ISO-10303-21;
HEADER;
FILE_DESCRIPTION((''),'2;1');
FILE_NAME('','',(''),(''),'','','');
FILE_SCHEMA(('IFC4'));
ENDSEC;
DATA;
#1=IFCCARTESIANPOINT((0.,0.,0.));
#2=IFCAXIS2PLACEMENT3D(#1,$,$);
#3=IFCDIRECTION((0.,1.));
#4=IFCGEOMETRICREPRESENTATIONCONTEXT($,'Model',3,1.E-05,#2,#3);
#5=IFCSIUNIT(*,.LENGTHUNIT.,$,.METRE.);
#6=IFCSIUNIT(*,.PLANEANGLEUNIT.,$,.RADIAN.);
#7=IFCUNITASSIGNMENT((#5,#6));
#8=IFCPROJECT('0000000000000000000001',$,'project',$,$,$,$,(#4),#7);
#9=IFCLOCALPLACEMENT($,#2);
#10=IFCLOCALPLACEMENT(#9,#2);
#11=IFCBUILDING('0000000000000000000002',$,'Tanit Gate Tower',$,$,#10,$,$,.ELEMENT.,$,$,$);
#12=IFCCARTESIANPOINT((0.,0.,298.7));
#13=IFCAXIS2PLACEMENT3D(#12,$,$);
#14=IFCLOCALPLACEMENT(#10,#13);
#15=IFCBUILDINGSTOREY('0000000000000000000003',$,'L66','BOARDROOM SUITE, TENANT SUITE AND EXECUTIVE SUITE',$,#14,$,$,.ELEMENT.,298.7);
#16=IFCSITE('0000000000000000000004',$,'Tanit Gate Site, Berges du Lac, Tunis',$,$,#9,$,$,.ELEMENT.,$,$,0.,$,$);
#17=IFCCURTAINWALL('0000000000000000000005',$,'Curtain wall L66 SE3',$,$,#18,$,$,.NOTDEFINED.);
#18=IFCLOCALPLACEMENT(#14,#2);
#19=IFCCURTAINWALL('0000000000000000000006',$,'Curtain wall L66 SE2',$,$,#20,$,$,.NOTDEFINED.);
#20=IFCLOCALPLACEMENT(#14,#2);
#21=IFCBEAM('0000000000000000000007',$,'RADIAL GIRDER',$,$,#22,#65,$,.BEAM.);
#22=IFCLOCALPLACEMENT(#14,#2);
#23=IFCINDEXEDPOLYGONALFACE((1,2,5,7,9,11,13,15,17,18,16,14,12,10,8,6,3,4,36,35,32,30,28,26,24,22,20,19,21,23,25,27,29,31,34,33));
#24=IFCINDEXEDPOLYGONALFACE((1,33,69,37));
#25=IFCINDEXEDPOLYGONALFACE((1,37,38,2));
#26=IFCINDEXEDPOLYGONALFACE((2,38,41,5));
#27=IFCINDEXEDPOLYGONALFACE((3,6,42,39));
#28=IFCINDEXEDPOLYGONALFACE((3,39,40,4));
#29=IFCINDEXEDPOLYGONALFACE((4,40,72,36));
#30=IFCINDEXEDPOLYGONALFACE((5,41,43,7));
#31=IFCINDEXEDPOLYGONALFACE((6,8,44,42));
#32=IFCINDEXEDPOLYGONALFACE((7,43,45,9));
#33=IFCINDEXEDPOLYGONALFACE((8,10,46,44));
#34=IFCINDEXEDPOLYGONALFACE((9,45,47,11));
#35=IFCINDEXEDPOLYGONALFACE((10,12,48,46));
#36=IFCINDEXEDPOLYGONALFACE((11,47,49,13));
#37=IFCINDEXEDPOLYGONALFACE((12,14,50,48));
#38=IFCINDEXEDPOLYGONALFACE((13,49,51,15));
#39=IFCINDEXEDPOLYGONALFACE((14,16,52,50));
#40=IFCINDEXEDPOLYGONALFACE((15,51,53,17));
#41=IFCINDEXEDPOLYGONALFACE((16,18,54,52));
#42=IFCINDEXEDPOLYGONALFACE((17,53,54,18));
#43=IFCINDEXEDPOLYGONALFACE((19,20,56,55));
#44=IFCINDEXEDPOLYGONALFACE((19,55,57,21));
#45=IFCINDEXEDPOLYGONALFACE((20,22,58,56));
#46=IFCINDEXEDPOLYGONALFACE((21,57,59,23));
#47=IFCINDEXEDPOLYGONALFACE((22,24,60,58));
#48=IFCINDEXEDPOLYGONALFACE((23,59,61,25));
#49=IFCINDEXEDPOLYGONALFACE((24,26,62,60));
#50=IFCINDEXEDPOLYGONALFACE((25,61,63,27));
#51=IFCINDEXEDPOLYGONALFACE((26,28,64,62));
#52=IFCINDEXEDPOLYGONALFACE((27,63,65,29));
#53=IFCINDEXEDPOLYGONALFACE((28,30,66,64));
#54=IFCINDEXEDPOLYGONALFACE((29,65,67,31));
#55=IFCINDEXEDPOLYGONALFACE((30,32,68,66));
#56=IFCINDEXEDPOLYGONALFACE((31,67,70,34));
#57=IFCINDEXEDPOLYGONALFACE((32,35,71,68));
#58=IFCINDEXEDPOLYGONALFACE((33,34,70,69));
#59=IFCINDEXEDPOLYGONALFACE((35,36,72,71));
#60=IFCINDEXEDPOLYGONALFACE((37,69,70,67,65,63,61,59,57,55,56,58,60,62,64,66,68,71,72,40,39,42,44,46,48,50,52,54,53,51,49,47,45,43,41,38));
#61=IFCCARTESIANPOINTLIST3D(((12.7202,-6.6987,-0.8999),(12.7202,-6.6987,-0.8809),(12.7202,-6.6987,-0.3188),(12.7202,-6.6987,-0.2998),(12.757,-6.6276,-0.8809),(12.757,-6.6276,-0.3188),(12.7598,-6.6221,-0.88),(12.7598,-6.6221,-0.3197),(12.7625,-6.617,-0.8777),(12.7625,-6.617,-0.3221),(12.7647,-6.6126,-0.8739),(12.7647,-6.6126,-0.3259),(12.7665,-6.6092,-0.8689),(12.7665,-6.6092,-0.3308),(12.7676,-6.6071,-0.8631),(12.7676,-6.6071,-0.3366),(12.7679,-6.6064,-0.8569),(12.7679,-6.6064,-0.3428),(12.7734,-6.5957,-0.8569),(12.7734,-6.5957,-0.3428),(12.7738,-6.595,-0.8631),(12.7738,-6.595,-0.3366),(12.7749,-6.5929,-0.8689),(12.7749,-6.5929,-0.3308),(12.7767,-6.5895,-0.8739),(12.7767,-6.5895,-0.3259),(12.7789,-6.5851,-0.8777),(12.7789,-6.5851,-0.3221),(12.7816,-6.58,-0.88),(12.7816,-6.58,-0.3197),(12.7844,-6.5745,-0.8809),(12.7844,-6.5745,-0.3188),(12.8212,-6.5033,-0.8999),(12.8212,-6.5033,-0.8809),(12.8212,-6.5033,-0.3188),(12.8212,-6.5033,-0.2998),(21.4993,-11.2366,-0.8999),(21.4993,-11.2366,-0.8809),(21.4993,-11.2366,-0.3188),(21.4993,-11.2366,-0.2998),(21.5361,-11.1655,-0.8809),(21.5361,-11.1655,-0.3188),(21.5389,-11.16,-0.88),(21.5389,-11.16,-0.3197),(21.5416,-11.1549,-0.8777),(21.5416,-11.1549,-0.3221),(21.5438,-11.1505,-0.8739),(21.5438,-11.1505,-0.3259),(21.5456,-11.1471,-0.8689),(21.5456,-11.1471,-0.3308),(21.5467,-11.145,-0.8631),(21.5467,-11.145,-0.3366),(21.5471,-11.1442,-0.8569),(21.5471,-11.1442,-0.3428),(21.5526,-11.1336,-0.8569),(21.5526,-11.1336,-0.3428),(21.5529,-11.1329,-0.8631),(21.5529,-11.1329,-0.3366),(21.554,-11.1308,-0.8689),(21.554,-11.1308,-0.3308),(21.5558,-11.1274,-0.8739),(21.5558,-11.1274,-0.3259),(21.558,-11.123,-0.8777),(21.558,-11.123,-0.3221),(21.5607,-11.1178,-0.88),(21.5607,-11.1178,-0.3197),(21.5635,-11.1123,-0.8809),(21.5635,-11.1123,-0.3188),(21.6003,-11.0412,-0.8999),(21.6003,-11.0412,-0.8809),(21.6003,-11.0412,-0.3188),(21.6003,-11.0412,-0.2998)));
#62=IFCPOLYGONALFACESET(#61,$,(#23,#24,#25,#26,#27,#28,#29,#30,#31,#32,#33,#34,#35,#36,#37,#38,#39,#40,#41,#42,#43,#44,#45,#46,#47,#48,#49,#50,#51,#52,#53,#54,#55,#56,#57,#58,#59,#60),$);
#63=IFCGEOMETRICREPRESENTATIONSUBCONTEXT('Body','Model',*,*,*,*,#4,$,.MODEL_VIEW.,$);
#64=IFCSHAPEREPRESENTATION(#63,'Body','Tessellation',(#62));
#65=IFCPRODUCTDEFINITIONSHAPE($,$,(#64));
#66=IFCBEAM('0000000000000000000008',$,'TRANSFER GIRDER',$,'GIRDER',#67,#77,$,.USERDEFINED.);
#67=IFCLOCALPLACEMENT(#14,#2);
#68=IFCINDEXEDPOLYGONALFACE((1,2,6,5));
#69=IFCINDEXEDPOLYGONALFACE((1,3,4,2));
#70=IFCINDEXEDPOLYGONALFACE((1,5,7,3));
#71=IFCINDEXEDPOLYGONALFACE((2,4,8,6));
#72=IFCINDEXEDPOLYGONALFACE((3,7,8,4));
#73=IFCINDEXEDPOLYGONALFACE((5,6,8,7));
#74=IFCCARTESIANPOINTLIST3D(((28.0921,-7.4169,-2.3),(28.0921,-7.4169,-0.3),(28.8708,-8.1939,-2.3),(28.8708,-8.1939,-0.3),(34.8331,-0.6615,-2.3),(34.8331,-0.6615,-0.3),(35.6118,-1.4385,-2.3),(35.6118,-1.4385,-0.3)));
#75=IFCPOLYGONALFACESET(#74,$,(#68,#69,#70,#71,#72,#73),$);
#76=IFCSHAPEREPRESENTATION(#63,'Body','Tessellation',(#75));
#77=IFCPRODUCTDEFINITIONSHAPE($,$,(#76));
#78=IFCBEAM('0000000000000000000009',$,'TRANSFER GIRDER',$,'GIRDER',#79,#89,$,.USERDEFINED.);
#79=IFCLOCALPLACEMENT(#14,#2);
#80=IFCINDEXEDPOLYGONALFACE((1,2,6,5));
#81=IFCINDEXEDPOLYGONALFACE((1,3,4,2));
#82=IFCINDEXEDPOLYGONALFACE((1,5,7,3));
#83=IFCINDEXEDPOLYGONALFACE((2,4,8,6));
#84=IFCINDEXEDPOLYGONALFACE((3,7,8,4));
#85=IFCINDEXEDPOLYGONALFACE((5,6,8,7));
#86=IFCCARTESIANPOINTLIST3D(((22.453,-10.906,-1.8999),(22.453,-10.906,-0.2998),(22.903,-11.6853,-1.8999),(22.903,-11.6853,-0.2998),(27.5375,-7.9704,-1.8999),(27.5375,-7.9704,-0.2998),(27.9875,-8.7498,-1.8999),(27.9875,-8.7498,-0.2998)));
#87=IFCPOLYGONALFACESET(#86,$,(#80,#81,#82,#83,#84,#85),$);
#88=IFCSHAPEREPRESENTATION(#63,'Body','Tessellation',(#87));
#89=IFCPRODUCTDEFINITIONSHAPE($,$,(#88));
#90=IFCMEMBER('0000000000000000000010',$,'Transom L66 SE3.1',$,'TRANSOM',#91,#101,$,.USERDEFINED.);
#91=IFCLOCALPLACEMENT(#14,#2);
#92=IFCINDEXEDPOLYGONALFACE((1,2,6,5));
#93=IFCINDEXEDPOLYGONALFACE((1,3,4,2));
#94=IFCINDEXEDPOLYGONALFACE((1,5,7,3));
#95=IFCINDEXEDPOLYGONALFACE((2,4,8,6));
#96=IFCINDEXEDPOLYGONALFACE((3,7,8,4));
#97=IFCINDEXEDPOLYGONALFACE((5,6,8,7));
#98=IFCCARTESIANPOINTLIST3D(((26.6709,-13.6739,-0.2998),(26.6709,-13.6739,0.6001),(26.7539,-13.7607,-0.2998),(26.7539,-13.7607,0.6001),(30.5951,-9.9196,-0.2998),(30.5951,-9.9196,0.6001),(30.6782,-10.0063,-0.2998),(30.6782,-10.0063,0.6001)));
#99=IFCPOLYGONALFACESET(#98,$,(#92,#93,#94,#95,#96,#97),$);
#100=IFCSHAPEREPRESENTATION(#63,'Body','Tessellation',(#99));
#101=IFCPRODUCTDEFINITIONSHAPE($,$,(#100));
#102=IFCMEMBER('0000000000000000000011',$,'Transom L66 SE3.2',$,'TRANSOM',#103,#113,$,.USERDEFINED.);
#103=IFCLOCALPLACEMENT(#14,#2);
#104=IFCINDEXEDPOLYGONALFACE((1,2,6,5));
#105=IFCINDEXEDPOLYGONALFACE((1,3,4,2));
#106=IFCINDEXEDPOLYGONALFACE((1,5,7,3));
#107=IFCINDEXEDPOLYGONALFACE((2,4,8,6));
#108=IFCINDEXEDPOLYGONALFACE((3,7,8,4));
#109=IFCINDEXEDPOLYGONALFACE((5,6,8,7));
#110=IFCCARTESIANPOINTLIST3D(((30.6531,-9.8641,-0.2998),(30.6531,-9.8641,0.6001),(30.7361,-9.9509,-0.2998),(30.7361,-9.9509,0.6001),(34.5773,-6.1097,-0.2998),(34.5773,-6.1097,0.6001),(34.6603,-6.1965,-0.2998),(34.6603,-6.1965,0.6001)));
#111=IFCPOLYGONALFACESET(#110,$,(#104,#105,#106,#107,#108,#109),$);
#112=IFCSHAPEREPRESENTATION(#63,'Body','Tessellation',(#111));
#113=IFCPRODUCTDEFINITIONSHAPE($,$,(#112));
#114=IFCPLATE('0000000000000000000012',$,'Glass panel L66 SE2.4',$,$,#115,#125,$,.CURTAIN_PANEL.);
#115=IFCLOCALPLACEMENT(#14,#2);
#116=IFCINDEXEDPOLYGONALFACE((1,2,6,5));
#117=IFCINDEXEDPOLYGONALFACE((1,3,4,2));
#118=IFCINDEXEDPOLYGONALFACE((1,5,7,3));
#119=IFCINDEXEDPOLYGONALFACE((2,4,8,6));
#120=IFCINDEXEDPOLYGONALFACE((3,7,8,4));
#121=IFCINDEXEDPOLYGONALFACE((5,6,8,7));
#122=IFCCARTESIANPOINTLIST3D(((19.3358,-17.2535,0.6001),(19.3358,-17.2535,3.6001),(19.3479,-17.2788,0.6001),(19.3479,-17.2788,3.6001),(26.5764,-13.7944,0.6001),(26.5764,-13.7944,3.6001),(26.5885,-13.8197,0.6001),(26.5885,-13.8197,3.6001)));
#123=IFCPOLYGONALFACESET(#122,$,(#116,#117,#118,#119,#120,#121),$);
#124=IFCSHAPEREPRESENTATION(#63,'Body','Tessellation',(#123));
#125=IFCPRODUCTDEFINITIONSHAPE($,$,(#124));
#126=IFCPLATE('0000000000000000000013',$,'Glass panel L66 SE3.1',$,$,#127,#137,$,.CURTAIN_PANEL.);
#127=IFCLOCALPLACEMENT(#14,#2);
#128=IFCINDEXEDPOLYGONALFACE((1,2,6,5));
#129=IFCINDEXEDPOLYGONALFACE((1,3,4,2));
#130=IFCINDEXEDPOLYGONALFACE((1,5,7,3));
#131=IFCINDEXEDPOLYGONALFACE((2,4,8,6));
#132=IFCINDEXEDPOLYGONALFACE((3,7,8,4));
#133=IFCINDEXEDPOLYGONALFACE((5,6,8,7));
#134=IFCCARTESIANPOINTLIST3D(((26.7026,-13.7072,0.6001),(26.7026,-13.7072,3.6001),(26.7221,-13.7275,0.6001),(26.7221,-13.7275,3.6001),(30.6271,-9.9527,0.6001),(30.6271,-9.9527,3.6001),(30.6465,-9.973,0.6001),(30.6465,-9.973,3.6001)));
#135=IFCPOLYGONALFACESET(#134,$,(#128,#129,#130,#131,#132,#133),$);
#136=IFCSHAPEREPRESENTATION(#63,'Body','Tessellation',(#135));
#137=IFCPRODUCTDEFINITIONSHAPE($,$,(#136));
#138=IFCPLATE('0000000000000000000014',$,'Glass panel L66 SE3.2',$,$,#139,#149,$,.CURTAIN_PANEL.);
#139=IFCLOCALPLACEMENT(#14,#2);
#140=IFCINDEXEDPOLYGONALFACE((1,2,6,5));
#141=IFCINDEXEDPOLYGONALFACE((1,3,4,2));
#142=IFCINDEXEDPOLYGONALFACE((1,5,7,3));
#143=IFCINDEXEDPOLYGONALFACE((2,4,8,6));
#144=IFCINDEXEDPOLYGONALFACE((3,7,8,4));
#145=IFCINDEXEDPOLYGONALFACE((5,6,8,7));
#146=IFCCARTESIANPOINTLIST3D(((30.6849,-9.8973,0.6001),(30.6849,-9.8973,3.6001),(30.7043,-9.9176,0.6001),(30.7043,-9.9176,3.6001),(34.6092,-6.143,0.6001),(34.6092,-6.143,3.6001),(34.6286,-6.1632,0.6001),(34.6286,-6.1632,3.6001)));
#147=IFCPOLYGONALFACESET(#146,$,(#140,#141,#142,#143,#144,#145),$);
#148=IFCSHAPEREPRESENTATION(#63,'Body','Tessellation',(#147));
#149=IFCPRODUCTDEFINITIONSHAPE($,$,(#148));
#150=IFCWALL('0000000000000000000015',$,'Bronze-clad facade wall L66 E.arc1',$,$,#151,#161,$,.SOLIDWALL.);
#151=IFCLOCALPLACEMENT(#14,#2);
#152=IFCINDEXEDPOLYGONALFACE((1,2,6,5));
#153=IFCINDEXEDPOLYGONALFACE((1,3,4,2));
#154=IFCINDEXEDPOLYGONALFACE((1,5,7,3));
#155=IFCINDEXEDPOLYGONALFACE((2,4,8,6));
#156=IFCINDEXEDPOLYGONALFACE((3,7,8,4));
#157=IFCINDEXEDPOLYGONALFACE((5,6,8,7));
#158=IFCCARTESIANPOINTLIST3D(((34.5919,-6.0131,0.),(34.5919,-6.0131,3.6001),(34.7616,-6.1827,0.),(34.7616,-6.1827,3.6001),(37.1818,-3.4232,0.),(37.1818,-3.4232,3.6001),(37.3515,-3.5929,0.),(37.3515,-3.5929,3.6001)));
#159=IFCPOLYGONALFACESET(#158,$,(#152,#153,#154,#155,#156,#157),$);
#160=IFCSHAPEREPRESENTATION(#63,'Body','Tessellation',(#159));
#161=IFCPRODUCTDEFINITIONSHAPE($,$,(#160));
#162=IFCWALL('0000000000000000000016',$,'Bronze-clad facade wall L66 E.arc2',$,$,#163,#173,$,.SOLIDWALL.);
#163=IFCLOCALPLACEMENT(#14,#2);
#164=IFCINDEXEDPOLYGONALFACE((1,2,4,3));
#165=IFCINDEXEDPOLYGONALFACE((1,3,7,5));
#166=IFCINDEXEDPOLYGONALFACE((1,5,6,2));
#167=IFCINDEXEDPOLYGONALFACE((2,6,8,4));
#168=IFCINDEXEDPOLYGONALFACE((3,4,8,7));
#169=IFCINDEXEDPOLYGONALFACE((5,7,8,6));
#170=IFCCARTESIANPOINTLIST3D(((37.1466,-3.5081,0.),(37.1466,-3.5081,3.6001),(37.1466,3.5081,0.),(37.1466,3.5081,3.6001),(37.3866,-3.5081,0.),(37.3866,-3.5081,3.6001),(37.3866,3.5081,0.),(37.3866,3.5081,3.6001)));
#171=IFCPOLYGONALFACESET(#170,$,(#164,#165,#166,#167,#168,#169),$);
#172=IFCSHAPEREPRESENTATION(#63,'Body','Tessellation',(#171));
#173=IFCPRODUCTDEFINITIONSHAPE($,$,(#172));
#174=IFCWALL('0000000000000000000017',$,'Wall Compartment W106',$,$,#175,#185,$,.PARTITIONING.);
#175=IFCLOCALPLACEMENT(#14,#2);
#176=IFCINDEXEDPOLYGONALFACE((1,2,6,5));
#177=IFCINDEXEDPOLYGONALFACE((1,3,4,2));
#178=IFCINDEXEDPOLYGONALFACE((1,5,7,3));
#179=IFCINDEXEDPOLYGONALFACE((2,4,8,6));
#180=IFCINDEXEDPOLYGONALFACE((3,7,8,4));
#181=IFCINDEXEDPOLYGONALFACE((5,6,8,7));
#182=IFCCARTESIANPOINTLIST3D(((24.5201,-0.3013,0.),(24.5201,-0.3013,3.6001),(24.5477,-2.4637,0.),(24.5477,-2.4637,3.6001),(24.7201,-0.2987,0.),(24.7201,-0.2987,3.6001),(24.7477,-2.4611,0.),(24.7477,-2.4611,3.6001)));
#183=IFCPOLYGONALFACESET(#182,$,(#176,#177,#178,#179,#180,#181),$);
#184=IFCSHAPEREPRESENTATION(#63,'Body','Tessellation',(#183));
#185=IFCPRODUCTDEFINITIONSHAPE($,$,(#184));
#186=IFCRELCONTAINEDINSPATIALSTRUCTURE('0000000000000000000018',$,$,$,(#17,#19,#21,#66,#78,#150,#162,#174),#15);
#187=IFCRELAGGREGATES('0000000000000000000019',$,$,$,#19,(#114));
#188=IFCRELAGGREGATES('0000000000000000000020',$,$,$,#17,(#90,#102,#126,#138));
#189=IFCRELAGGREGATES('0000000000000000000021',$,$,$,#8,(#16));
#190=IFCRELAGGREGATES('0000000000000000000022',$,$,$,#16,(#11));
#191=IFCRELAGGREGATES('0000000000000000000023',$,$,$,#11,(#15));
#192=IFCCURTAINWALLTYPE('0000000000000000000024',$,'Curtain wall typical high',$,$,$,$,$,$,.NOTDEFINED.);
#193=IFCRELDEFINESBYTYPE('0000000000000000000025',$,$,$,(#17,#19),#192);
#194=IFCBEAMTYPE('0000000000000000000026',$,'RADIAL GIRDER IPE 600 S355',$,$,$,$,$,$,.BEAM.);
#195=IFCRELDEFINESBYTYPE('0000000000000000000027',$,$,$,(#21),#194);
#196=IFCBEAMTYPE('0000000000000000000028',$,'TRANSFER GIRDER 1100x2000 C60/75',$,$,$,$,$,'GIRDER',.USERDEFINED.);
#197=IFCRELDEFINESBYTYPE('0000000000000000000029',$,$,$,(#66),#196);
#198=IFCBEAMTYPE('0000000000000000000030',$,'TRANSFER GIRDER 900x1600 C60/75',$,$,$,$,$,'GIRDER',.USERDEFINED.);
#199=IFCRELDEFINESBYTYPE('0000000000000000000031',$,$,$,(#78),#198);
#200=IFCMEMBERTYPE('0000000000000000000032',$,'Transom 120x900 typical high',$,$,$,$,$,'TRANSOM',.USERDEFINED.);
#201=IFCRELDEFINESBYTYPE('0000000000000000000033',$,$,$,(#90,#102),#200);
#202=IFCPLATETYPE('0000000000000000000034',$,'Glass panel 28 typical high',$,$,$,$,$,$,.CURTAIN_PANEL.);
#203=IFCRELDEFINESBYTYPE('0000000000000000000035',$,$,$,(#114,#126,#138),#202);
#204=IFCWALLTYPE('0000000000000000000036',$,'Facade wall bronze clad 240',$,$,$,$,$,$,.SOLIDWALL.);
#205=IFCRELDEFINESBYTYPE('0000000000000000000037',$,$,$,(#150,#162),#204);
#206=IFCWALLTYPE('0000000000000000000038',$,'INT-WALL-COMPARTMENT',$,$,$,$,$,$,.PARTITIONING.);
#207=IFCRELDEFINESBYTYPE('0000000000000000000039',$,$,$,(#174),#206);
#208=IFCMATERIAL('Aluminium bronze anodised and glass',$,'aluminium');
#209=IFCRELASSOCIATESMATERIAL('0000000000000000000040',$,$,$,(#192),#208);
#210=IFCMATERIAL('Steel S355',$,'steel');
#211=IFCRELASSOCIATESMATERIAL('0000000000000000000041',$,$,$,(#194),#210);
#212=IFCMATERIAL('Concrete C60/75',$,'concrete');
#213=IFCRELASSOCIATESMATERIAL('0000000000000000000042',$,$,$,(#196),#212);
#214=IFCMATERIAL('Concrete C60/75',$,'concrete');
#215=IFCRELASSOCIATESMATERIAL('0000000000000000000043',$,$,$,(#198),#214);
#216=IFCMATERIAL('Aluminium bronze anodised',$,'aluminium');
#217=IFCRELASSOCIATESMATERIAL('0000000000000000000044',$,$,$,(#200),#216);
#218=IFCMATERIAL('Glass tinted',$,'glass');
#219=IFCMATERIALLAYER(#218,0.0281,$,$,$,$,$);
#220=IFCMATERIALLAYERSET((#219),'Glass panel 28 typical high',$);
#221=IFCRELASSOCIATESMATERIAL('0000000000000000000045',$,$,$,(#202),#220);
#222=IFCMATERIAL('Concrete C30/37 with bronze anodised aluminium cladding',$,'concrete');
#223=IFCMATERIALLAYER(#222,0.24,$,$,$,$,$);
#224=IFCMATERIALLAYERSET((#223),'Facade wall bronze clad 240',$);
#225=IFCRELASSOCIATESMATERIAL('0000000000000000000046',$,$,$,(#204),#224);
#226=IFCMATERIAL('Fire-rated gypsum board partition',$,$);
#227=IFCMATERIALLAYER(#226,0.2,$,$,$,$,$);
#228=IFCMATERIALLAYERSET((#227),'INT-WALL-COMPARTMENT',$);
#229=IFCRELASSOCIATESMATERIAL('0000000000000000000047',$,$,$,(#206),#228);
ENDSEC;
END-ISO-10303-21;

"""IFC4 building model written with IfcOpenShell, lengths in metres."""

from ifc_helpers import new_model, si_unit, direction, frame, frame_2d, origin, origin_2d, place, context, subcontext, project, spatial, rectangle, i_section, extrude, material, layer, layer_set, material_profile, profile_set, type_object, element, aggregate, save


model = new_model("IFC4")

# Units and contexts
model_context = context("Model", 3, precision=1e-05, world=origin(), true_north=direction((0.0, 1.0)))
body_context = subcontext(model_context, "Body", "Model", "MODEL_VIEW")
ifc_project = project(units=[si_unit("LENGTHUNIT", "METRE"), si_unit("PLANEANGLEUNIT", "RADIAN")], contexts=[model_context])

# Site, building, storey
site_placement = place(None, origin())
site = spatial("IfcSite", under=ifc_project, at=site_placement, Name="Tanit Gate Site, Berges du Lac, Tunis", CompositionType="ELEMENT", RefElevation=0.0)
building_placement = place(site_placement, origin())
building = spatial("IfcBuilding", under=site, at=building_placement, Name="Tanit Gate Tower", CompositionType="ELEMENT")
storey_placement = place(building_placement, frame((0.0, 0.0, 298.7)))
storey = spatial("IfcBuildingStorey", under=building, at=storey_placement, Name="L66", Description="BOARDROOM SUITE, TENANT SUITE AND EXECUTIVE SUITE", CompositionType="ELEMENT", Elevation=298.7)

# Curtain wall
ifc_material_1 = material(Name="Aluminium bronze anodised and glass", Category="aluminium")
curtain_wall_type = type_object("IfcCurtainWallType", Name="Curtain wall typical high", PredefinedType="NOTDEFINED", material=ifc_material_1)
curtain_wall_1_placement = place(storey_placement, origin())
curtain_wall_1 = element("IfcCurtainWall", 1, at=curtain_wall_1_placement, inside=storey, type_object=curtain_wall_type, Name="Curtain wall L66 SE3", PredefinedType="NOTDEFINED")

# Curtain wall
curtain_wall_2_placement = place(storey_placement, origin())
curtain_wall_2 = element("IfcCurtainWall", 2, at=curtain_wall_2_placement, inside=storey, type_object=curtain_wall_type, Name="Curtain wall L66 SE2", PredefinedType="NOTDEFINED")

# Beams
ifc_material_2 = material(Name="Steel S355", Category="steel")
ifc_material_profile_1 = material_profile(ifc_material_2, i_section(OverallWidth=0.22, OverallDepth=0.6001, WebThickness=0.012, FlangeThickness=0.019, FilletRadius=0.0239, at=origin_2d()), Name="IPE 600")
ifc_profile_set_1 = profile_set([ifc_material_profile_1], Name="Steel S355")
beam_type_1 = type_object("IfcBeamType", Name="RADIAL GIRDER IPE 600 S355", PredefinedType="BEAM", material=ifc_profile_set_1)
beam_1_placement = place(storey_placement, frame((21.5498, -11.1389, -0.5999), z_axis=(-0.888343, 0.45918, 0.0), x_axis=(-0.45918, -0.888343, 0.0)))
element("IfcBeam", 3, at=beam_1_placement, inside=storey, type_object=beam_type_1, Name="RADIAL GIRDER", PredefinedType="BEAM", context=body_context, shape_type="SweptSolid", body=[
    extrude(i_section(OverallWidth=0.22, OverallDepth=0.6001, WebThickness=0.012, FlangeThickness=0.019, FilletRadius=0.0239, at=origin_2d()), origin(), (0.0, 0.0, 1.0), 9.8826),
])
ifc_material_3 = material(Name="Concrete C60/75", Category="concrete")
ifc_material_profile_2 = material_profile(ifc_material_3, rectangle(XDim=1.1001, YDim=2.0, at=origin_2d()), Name="RC 1100x2000")
ifc_profile_set_2 = profile_set([ifc_material_profile_2], Name="Concrete C60/75")
beam_type_2 = type_object("IfcBeamType", Name="TRANSFER GIRDER 1100x2000 C60/75", ElementType="GIRDER", PredefinedType="USERDEFINED", material=ifc_profile_set_2)
beam_2_placement = place(storey_placement, frame((28.4814, -7.8054, -1.3), z_axis=(0.706352, 0.707861, 0.0), x_axis=(-0.707861, 0.706352, 0.0)))
element("IfcBeam", 4, at=beam_2_placement, inside=storey, type_object=beam_type_2, Name="TRANSFER GIRDER", ObjectType="GIRDER", PredefinedType="USERDEFINED", context=body_context, shape_type="SweptSolid", body=[
    extrude(rectangle(XDim=1.1001, YDim=2.0, at=origin_2d()), origin(), (0.0, 0.0, 1.0), 9.5435),
])
ifc_material_4 = material(Name="Concrete C60/75", Category="concrete")
ifc_material_profile_3 = material_profile(ifc_material_4, rectangle(XDim=0.8999, YDim=1.6001, at=origin_2d()), Name="RC 900x1600")
ifc_profile_set_3 = profile_set([ifc_material_profile_3], Name="Concrete C60/75")
beam_type_3 = type_object("IfcBeamType", Name="TRANSFER GIRDER 900x1600 C60/75", ElementType="GIRDER", PredefinedType="USERDEFINED", material=ifc_profile_set_3)
beam_3_placement = place(storey_placement, frame((22.678, -11.2957, -1.0999), z_axis=(0.866024, 0.500003, 0.0), x_axis=(-0.500003, 0.866024, 0.0)))
element("IfcBeam", 5, at=beam_3_placement, inside=storey, type_object=beam_type_3, Name="TRANSFER GIRDER", ObjectType="GIRDER", PredefinedType="USERDEFINED", context=body_context, shape_type="SweptSolid", body=[
    extrude(rectangle(XDim=0.8999, YDim=1.6001, at=origin_2d()), origin(), (0.0, 0.0, 1.0), 5.8711),
])

# Members
ifc_material_5 = material(Name="Aluminium bronze anodised", Category="aluminium")
ifc_material_profile_4 = material_profile(ifc_material_5, rectangle(XDim=0.1201, YDim=0.8999, at=origin_2d()), Name="120x900 bronze transom")
ifc_profile_set_4 = profile_set([ifc_material_profile_4], Name="Aluminium bronze anodised")
member_type_1 = type_object("IfcMemberType", Name="Transom 120x900 typical high", ElementType="TRANSOM", PredefinedType="USERDEFINED", material=ifc_profile_set_4)
member_1_placement = place(storey_placement, frame((26.7124, -13.7173, 0.1501), z_axis=(0.722577, 0.69129, 0.0), x_axis=(-0.69129, 0.722577, 0.0)))
member_1 = element("IfcMember", 6, at=member_1_placement, type_object=member_type_1, Name="Transom L66 SE3.1", ObjectType="TRANSOM", PredefinedType="USERDEFINED", context=body_context, shape_type="SweptSolid", body=[
    extrude(rectangle(XDim=0.1201, YDim=0.8999, at=origin_2d()), origin(), (0.0, 0.0, 1.0), 5.4309),
])
member_2_placement = place(storey_placement, frame((30.6946, -9.9075, 0.1501), z_axis=(0.722577, 0.69129, 0.0), x_axis=(-0.69129, 0.722577, 0.0)))
member_2 = element("IfcMember", 7, at=member_2_placement, type_object=member_type_1, Name="Transom L66 SE3.2", ObjectType="TRANSOM", PredefinedType="USERDEFINED", context=body_context, shape_type="SweptSolid", body=[
    extrude(rectangle(XDim=0.1201, YDim=0.8999, at=origin_2d()), origin(), (0.0, 0.0, 1.0), 5.4309),
])

# Plates
ifc_material_6 = material(Name="Glass tinted", Category="glass")
ifc_layer_1 = layer(ifc_material_6, 0.0281)
ifc_layer_set_1 = layer_set([ifc_layer_1], Name="Glass panel 28 typical high")
plate_type = type_object("IfcPlateType", Name="Glass panel 28 typical high", PredefinedType="CURTAIN_PANEL", material=ifc_layer_set_1)
plate_1_placement = place(storey_placement, frame((22.9622, -15.5366, 0.6001), z_axis=(0.0, 0.0, 1.0), x_axis=(0.902317, 0.431073, 0.0)))
plate_1 = element("IfcPlate", 8, at=plate_1_placement, type_object=plate_type, Name="Glass panel L66 SE2.4", PredefinedType="CURTAIN_PANEL", context=body_context, shape_type="SweptSolid", body=[
    extrude(rectangle(XDim=8.0244, YDim=0.0281, at=origin_2d()), origin(), (0.0, 0.0, 1.0), 3.0),
])
aggregate(curtain_wall_2, [plate_1])
plate_2_placement = place(storey_placement, frame((28.6746, -11.8401, 0.6001), z_axis=(0.0, 0.0, 1.0), x_axis=(0.722577, 0.691291, 0.0)))
plate_2 = element("IfcPlate", 9, at=plate_2_placement, type_object=plate_type, Name="Glass panel L66 SE3.1", PredefinedType="CURTAIN_PANEL", context=body_context, shape_type="SweptSolid", body=[
    extrude(rectangle(XDim=5.4312, YDim=0.0281, at=origin_2d()), origin(), (0.0, 0.0, 1.0), 3.0),
])
plate_3_placement = place(storey_placement, frame((32.6567, -8.0303, 0.6001), z_axis=(0.0, 0.0, 1.0), x_axis=(0.722577, 0.691291, 0.0)))
plate_3 = element("IfcPlate", 10, at=plate_3_placement, type_object=plate_type, Name="Glass panel L66 SE3.2", PredefinedType="CURTAIN_PANEL", context=body_context, shape_type="SweptSolid", body=[
    extrude(rectangle(XDim=5.4309, YDim=0.0281, at=origin_2d()), origin(), (0.0, 0.0, 1.0), 3.0),
])
aggregate(curtain_wall_1, [member_1, member_2, plate_2, plate_3])

# Walls
ifc_material_7 = material(Name="Concrete C30/37 with bronze anodised aluminium cladding", Category="concrete")
ifc_layer_2 = layer(ifc_material_7, 0.24)
ifc_layer_set_2 = layer_set([ifc_layer_2], Name="Facade wall bronze clad 240")
wall_type_1 = type_object("IfcWallType", Name="Facade wall bronze clad 240", PredefinedType="SOLIDWALL", material=ifc_layer_set_2)
wall_1_placement = place(storey_placement, frame((34.6768, -6.0979, 0.0), z_axis=(0.0, 0.0, 1.0), x_axis=(0.707107, 0.707107, 0.0)))
element("IfcWall", 11, at=wall_1_placement, inside=storey, type_object=wall_type_1, Name="Bronze-clad facade wall L66 E.arc1", PredefinedType="SOLIDWALL", context=body_context, shape_type="SweptSolid", body=[
    extrude(rectangle(XDim=3.6626, YDim=0.24, at=frame_2d((1.8313, 0.0))), origin(), (0.0, 0.0, 1.0), 3.6001),
])
wall_2_placement = place(storey_placement, frame((37.2666, -3.5081, 0.0), z_axis=(0.0, 0.0, 1.0), x_axis=(0.0, 1.0, 0.0)))
element("IfcWall", 12, at=wall_2_placement, inside=storey, type_object=wall_type_1, Name="Bronze-clad facade wall L66 E.arc2", PredefinedType="SOLIDWALL", context=body_context, shape_type="SweptSolid", body=[
    extrude(rectangle(XDim=7.0161, YDim=0.24, at=frame_2d((3.5081, 0.0))), origin(), (0.0, 0.0, 1.0), 3.6001),
])
ifc_material_8 = material(Name="Fire-rated gypsum board partition")
ifc_layer_3 = layer(ifc_material_8, 0.2)
ifc_layer_set_3 = layer_set([ifc_layer_3], Name="INT-WALL-COMPARTMENT")
wall_type_2 = type_object("IfcWallType", Name="INT-WALL-COMPARTMENT", PredefinedType="PARTITIONING", material=ifc_layer_set_3)
wall_3_placement = place(storey_placement, frame((24.6477, -2.4624, 0.0), z_axis=(0.0, 0.0, 1.0), x_axis=(-0.012757, 0.999919, 0.0)))
element("IfcWall", 13, at=wall_3_placement, inside=storey, type_object=wall_type_2, Name="Wall Compartment W106", PredefinedType="PARTITIONING", context=body_context, shape_type="SweptSolid", body=[
    extrude(rectangle(XDim=2.1626, YDim=0.2, at=frame_2d((1.0813, 0.0))), origin(), (0.0, 0.0, 1.0), 3.6001),
])

save(model, "model.ifc")
